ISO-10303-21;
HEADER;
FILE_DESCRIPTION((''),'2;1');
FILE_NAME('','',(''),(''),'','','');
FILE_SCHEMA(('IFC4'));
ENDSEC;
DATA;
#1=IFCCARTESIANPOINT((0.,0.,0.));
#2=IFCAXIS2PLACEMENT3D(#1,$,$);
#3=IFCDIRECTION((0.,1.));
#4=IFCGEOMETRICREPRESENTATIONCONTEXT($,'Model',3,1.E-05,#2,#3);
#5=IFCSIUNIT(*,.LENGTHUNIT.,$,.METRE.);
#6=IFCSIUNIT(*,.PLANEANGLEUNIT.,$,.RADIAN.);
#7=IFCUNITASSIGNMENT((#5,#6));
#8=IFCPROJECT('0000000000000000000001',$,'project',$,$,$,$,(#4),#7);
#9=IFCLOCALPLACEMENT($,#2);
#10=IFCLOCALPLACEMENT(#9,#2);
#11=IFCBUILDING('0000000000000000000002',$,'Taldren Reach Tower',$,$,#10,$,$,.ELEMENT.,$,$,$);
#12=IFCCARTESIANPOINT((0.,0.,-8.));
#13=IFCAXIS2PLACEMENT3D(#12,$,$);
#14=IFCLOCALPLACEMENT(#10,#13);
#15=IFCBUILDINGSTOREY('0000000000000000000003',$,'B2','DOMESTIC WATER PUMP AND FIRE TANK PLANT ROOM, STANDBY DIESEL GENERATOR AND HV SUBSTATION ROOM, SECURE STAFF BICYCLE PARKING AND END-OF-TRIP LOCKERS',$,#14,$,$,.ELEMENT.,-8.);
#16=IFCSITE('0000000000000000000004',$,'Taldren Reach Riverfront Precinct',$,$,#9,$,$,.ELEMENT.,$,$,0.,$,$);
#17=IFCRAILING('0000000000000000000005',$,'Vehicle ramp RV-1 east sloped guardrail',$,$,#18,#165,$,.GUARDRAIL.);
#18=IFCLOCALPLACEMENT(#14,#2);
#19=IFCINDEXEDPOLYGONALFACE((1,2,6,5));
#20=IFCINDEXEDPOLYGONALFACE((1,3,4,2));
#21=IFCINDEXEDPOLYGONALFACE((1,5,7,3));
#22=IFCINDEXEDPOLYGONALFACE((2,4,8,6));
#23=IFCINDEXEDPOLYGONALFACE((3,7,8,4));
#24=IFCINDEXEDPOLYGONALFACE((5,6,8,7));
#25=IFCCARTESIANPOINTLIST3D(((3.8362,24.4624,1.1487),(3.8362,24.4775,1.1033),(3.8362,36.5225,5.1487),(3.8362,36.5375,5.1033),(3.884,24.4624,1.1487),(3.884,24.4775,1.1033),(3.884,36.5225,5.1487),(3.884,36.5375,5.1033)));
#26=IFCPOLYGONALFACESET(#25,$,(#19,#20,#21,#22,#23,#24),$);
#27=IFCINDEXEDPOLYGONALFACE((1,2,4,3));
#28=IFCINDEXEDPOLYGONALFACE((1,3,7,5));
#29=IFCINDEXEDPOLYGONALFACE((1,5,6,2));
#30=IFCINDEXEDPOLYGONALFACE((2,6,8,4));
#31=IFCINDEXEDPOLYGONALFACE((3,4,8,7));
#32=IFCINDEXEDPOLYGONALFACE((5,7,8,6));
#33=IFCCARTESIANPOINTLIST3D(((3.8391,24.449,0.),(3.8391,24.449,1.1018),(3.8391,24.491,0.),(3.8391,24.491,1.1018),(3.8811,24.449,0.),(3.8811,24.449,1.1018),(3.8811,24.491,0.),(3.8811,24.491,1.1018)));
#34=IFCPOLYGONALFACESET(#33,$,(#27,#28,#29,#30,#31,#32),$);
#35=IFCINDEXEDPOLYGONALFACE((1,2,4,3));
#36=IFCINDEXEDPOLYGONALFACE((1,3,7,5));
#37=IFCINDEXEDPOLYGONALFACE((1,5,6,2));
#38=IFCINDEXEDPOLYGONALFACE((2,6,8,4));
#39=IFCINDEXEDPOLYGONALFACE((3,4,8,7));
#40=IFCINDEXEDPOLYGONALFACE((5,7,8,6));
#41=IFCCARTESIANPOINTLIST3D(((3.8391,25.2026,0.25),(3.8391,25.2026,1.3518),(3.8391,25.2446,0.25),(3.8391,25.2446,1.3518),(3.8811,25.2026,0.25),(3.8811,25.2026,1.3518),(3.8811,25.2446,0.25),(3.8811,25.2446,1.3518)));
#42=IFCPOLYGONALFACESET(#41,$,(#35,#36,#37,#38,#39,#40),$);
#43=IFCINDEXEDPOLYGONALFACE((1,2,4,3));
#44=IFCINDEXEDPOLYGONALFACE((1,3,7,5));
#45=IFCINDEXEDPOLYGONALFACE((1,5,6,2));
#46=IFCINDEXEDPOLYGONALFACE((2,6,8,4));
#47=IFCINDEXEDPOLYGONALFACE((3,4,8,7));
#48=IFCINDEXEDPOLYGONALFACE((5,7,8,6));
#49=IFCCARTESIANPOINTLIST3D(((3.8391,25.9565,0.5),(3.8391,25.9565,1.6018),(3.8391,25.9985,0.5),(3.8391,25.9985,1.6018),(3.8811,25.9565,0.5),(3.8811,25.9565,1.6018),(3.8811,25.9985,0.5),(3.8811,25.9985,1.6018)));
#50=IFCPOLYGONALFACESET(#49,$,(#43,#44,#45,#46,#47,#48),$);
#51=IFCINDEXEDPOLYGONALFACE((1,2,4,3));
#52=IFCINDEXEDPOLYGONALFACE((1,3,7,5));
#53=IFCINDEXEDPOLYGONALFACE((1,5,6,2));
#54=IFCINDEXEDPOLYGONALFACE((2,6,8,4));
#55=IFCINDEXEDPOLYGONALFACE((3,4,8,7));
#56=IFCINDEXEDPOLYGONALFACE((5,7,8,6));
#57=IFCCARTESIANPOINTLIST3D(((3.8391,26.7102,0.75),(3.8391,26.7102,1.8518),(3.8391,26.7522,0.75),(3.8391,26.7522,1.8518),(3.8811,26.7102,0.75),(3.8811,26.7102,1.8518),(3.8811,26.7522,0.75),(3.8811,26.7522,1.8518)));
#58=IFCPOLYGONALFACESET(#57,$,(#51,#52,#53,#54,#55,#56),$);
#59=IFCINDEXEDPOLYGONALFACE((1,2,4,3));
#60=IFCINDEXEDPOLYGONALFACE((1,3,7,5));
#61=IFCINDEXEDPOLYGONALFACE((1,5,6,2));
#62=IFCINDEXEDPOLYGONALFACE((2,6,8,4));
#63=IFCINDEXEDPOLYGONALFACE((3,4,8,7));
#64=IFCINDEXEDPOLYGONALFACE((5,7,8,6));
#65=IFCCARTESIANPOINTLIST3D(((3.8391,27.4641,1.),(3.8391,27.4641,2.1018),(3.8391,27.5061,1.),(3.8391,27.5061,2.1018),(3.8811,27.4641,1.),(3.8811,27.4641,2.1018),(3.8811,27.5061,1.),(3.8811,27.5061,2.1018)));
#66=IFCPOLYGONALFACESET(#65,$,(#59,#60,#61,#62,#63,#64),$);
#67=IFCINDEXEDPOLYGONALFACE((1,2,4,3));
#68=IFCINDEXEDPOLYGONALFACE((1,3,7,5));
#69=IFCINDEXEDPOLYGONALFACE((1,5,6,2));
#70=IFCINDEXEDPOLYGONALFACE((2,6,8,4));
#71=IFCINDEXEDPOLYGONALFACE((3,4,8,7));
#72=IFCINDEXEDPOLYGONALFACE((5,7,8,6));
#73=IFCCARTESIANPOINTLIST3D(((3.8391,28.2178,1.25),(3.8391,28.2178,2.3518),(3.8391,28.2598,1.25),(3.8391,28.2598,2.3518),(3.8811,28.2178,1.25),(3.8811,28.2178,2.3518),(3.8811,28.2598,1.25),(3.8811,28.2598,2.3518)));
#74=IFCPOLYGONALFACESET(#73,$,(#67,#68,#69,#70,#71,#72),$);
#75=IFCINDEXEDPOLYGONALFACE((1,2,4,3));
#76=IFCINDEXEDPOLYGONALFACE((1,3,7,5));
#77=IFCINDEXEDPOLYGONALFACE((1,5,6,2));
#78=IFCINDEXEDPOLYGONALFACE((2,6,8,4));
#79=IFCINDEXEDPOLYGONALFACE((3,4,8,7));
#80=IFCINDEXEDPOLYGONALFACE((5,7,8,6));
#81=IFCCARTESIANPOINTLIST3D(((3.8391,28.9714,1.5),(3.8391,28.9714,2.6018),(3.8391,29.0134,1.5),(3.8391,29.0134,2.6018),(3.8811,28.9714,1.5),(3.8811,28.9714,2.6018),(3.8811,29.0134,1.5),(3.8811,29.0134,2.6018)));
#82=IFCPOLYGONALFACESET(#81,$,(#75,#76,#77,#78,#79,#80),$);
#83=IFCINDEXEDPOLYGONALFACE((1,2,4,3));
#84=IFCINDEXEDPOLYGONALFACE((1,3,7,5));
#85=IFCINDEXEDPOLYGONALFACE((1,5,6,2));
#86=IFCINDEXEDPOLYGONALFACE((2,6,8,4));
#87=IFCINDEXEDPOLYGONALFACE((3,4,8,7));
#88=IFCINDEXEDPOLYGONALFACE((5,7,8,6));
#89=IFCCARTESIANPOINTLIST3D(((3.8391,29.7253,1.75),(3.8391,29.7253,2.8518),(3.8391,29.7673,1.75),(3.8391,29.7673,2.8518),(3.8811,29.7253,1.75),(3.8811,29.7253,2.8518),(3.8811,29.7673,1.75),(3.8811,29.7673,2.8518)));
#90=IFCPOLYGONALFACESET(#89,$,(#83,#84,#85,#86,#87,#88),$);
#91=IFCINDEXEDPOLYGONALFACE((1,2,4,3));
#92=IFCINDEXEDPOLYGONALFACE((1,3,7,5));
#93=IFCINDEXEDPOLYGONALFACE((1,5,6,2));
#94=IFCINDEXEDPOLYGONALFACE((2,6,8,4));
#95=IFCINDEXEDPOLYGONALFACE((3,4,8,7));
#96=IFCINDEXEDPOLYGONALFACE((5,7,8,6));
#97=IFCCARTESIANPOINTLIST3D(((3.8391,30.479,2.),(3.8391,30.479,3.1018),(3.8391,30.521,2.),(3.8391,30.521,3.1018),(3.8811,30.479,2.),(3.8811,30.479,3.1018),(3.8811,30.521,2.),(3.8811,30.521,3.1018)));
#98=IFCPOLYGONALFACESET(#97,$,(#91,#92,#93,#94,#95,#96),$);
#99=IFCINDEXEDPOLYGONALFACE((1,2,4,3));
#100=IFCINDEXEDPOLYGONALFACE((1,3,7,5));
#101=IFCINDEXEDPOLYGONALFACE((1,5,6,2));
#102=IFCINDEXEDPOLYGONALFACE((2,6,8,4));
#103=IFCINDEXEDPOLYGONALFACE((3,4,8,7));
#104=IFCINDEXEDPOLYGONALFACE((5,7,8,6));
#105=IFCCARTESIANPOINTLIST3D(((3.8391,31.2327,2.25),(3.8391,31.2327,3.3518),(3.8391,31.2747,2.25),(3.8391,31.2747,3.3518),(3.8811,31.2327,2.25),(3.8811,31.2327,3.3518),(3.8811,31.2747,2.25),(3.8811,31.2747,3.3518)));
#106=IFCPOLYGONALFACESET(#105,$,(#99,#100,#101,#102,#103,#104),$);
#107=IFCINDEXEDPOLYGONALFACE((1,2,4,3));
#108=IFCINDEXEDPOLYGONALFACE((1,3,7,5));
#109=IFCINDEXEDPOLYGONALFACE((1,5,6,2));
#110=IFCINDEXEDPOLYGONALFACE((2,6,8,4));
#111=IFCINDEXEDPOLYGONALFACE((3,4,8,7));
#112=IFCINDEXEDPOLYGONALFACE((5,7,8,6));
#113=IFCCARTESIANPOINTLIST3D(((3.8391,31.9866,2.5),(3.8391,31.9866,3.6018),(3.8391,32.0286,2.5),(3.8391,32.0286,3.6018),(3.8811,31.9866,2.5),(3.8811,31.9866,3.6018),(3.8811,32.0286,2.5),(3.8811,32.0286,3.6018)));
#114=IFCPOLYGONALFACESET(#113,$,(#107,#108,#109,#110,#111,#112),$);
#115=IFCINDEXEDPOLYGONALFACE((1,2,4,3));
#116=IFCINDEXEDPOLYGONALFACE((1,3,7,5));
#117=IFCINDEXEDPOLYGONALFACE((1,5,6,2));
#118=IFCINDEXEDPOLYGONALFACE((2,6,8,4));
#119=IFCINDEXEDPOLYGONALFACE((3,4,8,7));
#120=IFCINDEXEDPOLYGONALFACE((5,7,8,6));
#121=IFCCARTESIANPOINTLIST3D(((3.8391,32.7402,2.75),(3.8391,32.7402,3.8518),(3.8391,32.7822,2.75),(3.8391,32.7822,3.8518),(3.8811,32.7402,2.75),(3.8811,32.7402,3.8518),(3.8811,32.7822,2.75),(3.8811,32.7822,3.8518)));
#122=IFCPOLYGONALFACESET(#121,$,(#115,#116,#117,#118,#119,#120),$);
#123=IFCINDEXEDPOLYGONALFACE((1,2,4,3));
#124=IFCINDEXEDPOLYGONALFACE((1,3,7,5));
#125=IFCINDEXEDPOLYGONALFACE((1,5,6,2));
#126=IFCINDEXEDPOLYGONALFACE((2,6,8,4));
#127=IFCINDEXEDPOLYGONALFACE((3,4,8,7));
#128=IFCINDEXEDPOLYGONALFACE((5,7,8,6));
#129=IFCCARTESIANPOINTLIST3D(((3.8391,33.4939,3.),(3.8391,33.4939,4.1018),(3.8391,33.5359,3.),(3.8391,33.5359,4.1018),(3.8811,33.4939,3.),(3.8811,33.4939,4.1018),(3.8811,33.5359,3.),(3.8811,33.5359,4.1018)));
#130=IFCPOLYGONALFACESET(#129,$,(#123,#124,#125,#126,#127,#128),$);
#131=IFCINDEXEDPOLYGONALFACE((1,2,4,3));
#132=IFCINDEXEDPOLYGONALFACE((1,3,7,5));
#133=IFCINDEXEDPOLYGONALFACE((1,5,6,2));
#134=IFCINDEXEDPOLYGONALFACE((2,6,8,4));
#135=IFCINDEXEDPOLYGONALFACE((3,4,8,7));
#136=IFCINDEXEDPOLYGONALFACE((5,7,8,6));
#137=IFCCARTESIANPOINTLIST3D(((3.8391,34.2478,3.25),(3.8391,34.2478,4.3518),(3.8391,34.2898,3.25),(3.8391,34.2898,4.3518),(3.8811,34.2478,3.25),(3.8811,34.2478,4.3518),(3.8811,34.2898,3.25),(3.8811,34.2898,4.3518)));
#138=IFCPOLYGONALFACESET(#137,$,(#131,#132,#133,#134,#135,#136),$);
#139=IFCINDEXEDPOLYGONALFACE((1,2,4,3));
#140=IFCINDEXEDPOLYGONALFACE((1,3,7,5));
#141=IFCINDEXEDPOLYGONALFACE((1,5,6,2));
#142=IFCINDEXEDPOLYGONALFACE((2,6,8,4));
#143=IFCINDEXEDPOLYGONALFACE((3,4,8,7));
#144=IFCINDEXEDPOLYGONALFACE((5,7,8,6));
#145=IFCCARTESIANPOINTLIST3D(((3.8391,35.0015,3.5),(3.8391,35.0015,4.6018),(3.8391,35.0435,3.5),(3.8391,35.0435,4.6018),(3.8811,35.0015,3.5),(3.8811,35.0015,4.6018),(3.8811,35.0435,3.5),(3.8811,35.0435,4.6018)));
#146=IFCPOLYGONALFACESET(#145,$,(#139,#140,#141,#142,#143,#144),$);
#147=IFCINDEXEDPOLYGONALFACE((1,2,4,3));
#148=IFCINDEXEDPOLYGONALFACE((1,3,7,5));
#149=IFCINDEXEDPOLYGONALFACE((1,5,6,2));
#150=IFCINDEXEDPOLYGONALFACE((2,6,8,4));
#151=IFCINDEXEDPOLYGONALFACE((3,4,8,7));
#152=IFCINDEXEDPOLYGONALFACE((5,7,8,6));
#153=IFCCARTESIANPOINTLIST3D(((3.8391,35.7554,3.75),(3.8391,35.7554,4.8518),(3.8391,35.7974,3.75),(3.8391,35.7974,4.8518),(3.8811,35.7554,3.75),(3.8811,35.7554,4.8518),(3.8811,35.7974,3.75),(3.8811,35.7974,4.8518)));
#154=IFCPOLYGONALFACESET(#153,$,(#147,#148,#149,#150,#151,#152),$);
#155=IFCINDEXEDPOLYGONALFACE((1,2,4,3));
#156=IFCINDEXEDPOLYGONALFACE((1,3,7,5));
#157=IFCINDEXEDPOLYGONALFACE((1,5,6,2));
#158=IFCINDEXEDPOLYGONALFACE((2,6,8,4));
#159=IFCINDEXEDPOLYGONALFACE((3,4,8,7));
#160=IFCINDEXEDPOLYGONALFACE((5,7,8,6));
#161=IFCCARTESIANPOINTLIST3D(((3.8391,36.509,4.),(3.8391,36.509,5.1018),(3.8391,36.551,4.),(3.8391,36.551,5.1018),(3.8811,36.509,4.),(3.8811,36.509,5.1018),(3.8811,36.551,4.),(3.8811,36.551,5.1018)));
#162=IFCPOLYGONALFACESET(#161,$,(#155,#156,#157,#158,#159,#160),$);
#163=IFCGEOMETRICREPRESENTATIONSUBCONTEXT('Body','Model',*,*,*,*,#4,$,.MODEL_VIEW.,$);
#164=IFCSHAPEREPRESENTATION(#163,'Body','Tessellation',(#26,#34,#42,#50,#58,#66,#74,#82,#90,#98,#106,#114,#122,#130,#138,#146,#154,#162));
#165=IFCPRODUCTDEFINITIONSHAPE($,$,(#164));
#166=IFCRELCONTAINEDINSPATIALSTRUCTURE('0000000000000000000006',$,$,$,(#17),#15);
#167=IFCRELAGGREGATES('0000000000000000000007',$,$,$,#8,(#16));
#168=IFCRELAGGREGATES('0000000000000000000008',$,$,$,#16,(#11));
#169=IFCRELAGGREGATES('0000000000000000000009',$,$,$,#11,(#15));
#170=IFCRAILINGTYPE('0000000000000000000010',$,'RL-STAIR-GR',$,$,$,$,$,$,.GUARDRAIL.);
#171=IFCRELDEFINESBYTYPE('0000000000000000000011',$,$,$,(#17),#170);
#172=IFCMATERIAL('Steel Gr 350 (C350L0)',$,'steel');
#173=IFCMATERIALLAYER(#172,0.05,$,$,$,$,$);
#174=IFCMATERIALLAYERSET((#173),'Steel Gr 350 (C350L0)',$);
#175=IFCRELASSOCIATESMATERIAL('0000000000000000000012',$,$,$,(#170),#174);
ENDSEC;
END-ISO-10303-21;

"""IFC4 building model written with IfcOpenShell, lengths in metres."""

from ifc_helpers import new_model, si_unit, direction, frame, origin, origin_2d, place, context, subcontext, project, spatial, rectangle, extrude, material, layer, layer_set, type_object, element, save


model = new_model("IFC4")

# Units and contexts
model_context = context("Model", 3, precision=1e-05, world=origin(), true_north=direction((0.0, 1.0)))
body_context = subcontext(model_context, "Body", "Model", "MODEL_VIEW")
ifc_project = project(units=[si_unit("LENGTHUNIT", "METRE"), si_unit("PLANEANGLEUNIT", "RADIAN")], contexts=[model_context])

# Site, building, storey
site_placement = place(None, origin())
site = spatial("IfcSite", under=ifc_project, at=site_placement, Name="Taldren Reach Riverfront Precinct", CompositionType="ELEMENT", RefElevation=0.0)
building_placement = place(site_placement, origin())
building = spatial("IfcBuilding", under=site, at=building_placement, Name="Taldren Reach Tower", CompositionType="ELEMENT")
storey_placement = place(building_placement, frame((0.0, 0.0, -8.0)))
storey = spatial("IfcBuildingStorey", under=building, at=storey_placement, Name="B2", Description="DOMESTIC WATER PUMP AND FIRE TANK PLANT ROOM, STANDBY DIESEL GENERATOR AND HV SUBSTATION ROOM, SECURE STAFF BICYCLE PARKING AND END-OF-TRIP LOCKERS", CompositionType="ELEMENT", Elevation=-8.0)

# Railing
ifc_material_1 = material(Name="Steel Gr 350 (C350L0)", Category="steel")
ifc_layer_1 = layer(ifc_material_1, 0.05)
ifc_layer_set_1 = layer_set([ifc_layer_1], Name="Steel Gr 350 (C350L0)")
railing_type = type_object("IfcRailingType", Name="RL-STAIR-GR", PredefinedType="GUARDRAIL", material=ifc_layer_set_1)
railing_1_placement = place(storey_placement, frame((3.8601, 24.47, 0.0)))
element("IfcRailing", 1, at=railing_1_placement, inside=storey, type_object=railing_type, Name="Vehicle ramp RV-1 east sloped guardrail", PredefinedType="GUARDRAIL", context=body_context, shape_type="SweptSolid", body=[
    extrude(rectangle(XDim=0.0479, YDim=0.0479, at=origin_2d()), frame((0.0, 0.0, 1.126), z_axis=(0.0, 0.949155, 0.314809), x_axis=(-1.0, 0.0, 0.0)), (0.0, 0.0, 1.0), 12.7061),
    extrude(rectangle(XDim=0.042, YDim=0.042, at=origin_2d()), origin(), (0.0, 0.0, 1.0), 1.1018),
    extrude(rectangle(XDim=0.042, YDim=0.042, at=origin_2d()), frame((0.0, 0.7537, 0.25)), (0.0, 0.0, 1.0), 1.1018),
    extrude(rectangle(XDim=0.042, YDim=0.042, at=origin_2d()), frame((0.0, 1.5076, 0.5)), (0.0, 0.0, 1.0), 1.1018),
    extrude(rectangle(XDim=0.042, YDim=0.042, at=origin_2d()), frame((0.0, 2.2612, 0.75)), (0.0, 0.0, 1.0), 1.1018),
    extrude(rectangle(XDim=0.042, YDim=0.042, at=origin_2d()), frame((0.0, 3.0151, 1.0)), (0.0, 0.0, 1.0), 1.1018),
    extrude(rectangle(XDim=0.042, YDim=0.042, at=origin_2d()), frame((0.0, 3.7688, 1.25)), (0.0, 0.0, 1.0), 1.1018),
    extrude(rectangle(XDim=0.042, YDim=0.042, at=origin_2d()), frame((0.0, 4.5225, 1.5)), (0.0, 0.0, 1.0), 1.1018),
    extrude(rectangle(XDim=0.042, YDim=0.042, at=origin_2d()), frame((0.0, 5.2764, 1.75)), (0.0, 0.0, 1.0), 1.1018),
    extrude(rectangle(XDim=0.042, YDim=0.042, at=origin_2d()), frame((0.0, 6.03, 2.0)), (0.0, 0.0, 1.0), 1.1018),
    extrude(rectangle(XDim=0.042, YDim=0.042, at=origin_2d()), frame((0.0, 6.7837, 2.25)), (0.0, 0.0, 1.0), 1.1018),
    extrude(rectangle(XDim=0.042, YDim=0.042, at=origin_2d()), frame((0.0, 7.5376, 2.5)), (0.0, 0.0, 1.0), 1.1018),
    extrude(rectangle(XDim=0.042, YDim=0.042, at=origin_2d()), frame((0.0, 8.2913, 2.75)), (0.0, 0.0, 1.0), 1.1018),
    extrude(rectangle(XDim=0.042, YDim=0.042, at=origin_2d()), frame((0.0, 9.0449, 3.0)), (0.0, 0.0, 1.0), 1.1018),
    extrude(rectangle(XDim=0.042, YDim=0.042, at=origin_2d()), frame((0.0, 9.7988, 3.25)), (0.0, 0.0, 1.0), 1.1018),
    extrude(rectangle(XDim=0.042, YDim=0.042, at=origin_2d()), frame((0.0, 10.5525, 3.5)), (0.0, 0.0, 1.0), 1.1018),
    extrude(rectangle(XDim=0.042, YDim=0.042, at=origin_2d()), frame((0.0, 11.3064, 3.75)), (0.0, 0.0, 1.0), 1.1018),
    extrude(rectangle(XDim=0.042, YDim=0.042, at=origin_2d()), frame((0.0, 12.0601, 4.0)), (0.0, 0.0, 1.0), 1.1018),
])

save(model, "model.ifc")
